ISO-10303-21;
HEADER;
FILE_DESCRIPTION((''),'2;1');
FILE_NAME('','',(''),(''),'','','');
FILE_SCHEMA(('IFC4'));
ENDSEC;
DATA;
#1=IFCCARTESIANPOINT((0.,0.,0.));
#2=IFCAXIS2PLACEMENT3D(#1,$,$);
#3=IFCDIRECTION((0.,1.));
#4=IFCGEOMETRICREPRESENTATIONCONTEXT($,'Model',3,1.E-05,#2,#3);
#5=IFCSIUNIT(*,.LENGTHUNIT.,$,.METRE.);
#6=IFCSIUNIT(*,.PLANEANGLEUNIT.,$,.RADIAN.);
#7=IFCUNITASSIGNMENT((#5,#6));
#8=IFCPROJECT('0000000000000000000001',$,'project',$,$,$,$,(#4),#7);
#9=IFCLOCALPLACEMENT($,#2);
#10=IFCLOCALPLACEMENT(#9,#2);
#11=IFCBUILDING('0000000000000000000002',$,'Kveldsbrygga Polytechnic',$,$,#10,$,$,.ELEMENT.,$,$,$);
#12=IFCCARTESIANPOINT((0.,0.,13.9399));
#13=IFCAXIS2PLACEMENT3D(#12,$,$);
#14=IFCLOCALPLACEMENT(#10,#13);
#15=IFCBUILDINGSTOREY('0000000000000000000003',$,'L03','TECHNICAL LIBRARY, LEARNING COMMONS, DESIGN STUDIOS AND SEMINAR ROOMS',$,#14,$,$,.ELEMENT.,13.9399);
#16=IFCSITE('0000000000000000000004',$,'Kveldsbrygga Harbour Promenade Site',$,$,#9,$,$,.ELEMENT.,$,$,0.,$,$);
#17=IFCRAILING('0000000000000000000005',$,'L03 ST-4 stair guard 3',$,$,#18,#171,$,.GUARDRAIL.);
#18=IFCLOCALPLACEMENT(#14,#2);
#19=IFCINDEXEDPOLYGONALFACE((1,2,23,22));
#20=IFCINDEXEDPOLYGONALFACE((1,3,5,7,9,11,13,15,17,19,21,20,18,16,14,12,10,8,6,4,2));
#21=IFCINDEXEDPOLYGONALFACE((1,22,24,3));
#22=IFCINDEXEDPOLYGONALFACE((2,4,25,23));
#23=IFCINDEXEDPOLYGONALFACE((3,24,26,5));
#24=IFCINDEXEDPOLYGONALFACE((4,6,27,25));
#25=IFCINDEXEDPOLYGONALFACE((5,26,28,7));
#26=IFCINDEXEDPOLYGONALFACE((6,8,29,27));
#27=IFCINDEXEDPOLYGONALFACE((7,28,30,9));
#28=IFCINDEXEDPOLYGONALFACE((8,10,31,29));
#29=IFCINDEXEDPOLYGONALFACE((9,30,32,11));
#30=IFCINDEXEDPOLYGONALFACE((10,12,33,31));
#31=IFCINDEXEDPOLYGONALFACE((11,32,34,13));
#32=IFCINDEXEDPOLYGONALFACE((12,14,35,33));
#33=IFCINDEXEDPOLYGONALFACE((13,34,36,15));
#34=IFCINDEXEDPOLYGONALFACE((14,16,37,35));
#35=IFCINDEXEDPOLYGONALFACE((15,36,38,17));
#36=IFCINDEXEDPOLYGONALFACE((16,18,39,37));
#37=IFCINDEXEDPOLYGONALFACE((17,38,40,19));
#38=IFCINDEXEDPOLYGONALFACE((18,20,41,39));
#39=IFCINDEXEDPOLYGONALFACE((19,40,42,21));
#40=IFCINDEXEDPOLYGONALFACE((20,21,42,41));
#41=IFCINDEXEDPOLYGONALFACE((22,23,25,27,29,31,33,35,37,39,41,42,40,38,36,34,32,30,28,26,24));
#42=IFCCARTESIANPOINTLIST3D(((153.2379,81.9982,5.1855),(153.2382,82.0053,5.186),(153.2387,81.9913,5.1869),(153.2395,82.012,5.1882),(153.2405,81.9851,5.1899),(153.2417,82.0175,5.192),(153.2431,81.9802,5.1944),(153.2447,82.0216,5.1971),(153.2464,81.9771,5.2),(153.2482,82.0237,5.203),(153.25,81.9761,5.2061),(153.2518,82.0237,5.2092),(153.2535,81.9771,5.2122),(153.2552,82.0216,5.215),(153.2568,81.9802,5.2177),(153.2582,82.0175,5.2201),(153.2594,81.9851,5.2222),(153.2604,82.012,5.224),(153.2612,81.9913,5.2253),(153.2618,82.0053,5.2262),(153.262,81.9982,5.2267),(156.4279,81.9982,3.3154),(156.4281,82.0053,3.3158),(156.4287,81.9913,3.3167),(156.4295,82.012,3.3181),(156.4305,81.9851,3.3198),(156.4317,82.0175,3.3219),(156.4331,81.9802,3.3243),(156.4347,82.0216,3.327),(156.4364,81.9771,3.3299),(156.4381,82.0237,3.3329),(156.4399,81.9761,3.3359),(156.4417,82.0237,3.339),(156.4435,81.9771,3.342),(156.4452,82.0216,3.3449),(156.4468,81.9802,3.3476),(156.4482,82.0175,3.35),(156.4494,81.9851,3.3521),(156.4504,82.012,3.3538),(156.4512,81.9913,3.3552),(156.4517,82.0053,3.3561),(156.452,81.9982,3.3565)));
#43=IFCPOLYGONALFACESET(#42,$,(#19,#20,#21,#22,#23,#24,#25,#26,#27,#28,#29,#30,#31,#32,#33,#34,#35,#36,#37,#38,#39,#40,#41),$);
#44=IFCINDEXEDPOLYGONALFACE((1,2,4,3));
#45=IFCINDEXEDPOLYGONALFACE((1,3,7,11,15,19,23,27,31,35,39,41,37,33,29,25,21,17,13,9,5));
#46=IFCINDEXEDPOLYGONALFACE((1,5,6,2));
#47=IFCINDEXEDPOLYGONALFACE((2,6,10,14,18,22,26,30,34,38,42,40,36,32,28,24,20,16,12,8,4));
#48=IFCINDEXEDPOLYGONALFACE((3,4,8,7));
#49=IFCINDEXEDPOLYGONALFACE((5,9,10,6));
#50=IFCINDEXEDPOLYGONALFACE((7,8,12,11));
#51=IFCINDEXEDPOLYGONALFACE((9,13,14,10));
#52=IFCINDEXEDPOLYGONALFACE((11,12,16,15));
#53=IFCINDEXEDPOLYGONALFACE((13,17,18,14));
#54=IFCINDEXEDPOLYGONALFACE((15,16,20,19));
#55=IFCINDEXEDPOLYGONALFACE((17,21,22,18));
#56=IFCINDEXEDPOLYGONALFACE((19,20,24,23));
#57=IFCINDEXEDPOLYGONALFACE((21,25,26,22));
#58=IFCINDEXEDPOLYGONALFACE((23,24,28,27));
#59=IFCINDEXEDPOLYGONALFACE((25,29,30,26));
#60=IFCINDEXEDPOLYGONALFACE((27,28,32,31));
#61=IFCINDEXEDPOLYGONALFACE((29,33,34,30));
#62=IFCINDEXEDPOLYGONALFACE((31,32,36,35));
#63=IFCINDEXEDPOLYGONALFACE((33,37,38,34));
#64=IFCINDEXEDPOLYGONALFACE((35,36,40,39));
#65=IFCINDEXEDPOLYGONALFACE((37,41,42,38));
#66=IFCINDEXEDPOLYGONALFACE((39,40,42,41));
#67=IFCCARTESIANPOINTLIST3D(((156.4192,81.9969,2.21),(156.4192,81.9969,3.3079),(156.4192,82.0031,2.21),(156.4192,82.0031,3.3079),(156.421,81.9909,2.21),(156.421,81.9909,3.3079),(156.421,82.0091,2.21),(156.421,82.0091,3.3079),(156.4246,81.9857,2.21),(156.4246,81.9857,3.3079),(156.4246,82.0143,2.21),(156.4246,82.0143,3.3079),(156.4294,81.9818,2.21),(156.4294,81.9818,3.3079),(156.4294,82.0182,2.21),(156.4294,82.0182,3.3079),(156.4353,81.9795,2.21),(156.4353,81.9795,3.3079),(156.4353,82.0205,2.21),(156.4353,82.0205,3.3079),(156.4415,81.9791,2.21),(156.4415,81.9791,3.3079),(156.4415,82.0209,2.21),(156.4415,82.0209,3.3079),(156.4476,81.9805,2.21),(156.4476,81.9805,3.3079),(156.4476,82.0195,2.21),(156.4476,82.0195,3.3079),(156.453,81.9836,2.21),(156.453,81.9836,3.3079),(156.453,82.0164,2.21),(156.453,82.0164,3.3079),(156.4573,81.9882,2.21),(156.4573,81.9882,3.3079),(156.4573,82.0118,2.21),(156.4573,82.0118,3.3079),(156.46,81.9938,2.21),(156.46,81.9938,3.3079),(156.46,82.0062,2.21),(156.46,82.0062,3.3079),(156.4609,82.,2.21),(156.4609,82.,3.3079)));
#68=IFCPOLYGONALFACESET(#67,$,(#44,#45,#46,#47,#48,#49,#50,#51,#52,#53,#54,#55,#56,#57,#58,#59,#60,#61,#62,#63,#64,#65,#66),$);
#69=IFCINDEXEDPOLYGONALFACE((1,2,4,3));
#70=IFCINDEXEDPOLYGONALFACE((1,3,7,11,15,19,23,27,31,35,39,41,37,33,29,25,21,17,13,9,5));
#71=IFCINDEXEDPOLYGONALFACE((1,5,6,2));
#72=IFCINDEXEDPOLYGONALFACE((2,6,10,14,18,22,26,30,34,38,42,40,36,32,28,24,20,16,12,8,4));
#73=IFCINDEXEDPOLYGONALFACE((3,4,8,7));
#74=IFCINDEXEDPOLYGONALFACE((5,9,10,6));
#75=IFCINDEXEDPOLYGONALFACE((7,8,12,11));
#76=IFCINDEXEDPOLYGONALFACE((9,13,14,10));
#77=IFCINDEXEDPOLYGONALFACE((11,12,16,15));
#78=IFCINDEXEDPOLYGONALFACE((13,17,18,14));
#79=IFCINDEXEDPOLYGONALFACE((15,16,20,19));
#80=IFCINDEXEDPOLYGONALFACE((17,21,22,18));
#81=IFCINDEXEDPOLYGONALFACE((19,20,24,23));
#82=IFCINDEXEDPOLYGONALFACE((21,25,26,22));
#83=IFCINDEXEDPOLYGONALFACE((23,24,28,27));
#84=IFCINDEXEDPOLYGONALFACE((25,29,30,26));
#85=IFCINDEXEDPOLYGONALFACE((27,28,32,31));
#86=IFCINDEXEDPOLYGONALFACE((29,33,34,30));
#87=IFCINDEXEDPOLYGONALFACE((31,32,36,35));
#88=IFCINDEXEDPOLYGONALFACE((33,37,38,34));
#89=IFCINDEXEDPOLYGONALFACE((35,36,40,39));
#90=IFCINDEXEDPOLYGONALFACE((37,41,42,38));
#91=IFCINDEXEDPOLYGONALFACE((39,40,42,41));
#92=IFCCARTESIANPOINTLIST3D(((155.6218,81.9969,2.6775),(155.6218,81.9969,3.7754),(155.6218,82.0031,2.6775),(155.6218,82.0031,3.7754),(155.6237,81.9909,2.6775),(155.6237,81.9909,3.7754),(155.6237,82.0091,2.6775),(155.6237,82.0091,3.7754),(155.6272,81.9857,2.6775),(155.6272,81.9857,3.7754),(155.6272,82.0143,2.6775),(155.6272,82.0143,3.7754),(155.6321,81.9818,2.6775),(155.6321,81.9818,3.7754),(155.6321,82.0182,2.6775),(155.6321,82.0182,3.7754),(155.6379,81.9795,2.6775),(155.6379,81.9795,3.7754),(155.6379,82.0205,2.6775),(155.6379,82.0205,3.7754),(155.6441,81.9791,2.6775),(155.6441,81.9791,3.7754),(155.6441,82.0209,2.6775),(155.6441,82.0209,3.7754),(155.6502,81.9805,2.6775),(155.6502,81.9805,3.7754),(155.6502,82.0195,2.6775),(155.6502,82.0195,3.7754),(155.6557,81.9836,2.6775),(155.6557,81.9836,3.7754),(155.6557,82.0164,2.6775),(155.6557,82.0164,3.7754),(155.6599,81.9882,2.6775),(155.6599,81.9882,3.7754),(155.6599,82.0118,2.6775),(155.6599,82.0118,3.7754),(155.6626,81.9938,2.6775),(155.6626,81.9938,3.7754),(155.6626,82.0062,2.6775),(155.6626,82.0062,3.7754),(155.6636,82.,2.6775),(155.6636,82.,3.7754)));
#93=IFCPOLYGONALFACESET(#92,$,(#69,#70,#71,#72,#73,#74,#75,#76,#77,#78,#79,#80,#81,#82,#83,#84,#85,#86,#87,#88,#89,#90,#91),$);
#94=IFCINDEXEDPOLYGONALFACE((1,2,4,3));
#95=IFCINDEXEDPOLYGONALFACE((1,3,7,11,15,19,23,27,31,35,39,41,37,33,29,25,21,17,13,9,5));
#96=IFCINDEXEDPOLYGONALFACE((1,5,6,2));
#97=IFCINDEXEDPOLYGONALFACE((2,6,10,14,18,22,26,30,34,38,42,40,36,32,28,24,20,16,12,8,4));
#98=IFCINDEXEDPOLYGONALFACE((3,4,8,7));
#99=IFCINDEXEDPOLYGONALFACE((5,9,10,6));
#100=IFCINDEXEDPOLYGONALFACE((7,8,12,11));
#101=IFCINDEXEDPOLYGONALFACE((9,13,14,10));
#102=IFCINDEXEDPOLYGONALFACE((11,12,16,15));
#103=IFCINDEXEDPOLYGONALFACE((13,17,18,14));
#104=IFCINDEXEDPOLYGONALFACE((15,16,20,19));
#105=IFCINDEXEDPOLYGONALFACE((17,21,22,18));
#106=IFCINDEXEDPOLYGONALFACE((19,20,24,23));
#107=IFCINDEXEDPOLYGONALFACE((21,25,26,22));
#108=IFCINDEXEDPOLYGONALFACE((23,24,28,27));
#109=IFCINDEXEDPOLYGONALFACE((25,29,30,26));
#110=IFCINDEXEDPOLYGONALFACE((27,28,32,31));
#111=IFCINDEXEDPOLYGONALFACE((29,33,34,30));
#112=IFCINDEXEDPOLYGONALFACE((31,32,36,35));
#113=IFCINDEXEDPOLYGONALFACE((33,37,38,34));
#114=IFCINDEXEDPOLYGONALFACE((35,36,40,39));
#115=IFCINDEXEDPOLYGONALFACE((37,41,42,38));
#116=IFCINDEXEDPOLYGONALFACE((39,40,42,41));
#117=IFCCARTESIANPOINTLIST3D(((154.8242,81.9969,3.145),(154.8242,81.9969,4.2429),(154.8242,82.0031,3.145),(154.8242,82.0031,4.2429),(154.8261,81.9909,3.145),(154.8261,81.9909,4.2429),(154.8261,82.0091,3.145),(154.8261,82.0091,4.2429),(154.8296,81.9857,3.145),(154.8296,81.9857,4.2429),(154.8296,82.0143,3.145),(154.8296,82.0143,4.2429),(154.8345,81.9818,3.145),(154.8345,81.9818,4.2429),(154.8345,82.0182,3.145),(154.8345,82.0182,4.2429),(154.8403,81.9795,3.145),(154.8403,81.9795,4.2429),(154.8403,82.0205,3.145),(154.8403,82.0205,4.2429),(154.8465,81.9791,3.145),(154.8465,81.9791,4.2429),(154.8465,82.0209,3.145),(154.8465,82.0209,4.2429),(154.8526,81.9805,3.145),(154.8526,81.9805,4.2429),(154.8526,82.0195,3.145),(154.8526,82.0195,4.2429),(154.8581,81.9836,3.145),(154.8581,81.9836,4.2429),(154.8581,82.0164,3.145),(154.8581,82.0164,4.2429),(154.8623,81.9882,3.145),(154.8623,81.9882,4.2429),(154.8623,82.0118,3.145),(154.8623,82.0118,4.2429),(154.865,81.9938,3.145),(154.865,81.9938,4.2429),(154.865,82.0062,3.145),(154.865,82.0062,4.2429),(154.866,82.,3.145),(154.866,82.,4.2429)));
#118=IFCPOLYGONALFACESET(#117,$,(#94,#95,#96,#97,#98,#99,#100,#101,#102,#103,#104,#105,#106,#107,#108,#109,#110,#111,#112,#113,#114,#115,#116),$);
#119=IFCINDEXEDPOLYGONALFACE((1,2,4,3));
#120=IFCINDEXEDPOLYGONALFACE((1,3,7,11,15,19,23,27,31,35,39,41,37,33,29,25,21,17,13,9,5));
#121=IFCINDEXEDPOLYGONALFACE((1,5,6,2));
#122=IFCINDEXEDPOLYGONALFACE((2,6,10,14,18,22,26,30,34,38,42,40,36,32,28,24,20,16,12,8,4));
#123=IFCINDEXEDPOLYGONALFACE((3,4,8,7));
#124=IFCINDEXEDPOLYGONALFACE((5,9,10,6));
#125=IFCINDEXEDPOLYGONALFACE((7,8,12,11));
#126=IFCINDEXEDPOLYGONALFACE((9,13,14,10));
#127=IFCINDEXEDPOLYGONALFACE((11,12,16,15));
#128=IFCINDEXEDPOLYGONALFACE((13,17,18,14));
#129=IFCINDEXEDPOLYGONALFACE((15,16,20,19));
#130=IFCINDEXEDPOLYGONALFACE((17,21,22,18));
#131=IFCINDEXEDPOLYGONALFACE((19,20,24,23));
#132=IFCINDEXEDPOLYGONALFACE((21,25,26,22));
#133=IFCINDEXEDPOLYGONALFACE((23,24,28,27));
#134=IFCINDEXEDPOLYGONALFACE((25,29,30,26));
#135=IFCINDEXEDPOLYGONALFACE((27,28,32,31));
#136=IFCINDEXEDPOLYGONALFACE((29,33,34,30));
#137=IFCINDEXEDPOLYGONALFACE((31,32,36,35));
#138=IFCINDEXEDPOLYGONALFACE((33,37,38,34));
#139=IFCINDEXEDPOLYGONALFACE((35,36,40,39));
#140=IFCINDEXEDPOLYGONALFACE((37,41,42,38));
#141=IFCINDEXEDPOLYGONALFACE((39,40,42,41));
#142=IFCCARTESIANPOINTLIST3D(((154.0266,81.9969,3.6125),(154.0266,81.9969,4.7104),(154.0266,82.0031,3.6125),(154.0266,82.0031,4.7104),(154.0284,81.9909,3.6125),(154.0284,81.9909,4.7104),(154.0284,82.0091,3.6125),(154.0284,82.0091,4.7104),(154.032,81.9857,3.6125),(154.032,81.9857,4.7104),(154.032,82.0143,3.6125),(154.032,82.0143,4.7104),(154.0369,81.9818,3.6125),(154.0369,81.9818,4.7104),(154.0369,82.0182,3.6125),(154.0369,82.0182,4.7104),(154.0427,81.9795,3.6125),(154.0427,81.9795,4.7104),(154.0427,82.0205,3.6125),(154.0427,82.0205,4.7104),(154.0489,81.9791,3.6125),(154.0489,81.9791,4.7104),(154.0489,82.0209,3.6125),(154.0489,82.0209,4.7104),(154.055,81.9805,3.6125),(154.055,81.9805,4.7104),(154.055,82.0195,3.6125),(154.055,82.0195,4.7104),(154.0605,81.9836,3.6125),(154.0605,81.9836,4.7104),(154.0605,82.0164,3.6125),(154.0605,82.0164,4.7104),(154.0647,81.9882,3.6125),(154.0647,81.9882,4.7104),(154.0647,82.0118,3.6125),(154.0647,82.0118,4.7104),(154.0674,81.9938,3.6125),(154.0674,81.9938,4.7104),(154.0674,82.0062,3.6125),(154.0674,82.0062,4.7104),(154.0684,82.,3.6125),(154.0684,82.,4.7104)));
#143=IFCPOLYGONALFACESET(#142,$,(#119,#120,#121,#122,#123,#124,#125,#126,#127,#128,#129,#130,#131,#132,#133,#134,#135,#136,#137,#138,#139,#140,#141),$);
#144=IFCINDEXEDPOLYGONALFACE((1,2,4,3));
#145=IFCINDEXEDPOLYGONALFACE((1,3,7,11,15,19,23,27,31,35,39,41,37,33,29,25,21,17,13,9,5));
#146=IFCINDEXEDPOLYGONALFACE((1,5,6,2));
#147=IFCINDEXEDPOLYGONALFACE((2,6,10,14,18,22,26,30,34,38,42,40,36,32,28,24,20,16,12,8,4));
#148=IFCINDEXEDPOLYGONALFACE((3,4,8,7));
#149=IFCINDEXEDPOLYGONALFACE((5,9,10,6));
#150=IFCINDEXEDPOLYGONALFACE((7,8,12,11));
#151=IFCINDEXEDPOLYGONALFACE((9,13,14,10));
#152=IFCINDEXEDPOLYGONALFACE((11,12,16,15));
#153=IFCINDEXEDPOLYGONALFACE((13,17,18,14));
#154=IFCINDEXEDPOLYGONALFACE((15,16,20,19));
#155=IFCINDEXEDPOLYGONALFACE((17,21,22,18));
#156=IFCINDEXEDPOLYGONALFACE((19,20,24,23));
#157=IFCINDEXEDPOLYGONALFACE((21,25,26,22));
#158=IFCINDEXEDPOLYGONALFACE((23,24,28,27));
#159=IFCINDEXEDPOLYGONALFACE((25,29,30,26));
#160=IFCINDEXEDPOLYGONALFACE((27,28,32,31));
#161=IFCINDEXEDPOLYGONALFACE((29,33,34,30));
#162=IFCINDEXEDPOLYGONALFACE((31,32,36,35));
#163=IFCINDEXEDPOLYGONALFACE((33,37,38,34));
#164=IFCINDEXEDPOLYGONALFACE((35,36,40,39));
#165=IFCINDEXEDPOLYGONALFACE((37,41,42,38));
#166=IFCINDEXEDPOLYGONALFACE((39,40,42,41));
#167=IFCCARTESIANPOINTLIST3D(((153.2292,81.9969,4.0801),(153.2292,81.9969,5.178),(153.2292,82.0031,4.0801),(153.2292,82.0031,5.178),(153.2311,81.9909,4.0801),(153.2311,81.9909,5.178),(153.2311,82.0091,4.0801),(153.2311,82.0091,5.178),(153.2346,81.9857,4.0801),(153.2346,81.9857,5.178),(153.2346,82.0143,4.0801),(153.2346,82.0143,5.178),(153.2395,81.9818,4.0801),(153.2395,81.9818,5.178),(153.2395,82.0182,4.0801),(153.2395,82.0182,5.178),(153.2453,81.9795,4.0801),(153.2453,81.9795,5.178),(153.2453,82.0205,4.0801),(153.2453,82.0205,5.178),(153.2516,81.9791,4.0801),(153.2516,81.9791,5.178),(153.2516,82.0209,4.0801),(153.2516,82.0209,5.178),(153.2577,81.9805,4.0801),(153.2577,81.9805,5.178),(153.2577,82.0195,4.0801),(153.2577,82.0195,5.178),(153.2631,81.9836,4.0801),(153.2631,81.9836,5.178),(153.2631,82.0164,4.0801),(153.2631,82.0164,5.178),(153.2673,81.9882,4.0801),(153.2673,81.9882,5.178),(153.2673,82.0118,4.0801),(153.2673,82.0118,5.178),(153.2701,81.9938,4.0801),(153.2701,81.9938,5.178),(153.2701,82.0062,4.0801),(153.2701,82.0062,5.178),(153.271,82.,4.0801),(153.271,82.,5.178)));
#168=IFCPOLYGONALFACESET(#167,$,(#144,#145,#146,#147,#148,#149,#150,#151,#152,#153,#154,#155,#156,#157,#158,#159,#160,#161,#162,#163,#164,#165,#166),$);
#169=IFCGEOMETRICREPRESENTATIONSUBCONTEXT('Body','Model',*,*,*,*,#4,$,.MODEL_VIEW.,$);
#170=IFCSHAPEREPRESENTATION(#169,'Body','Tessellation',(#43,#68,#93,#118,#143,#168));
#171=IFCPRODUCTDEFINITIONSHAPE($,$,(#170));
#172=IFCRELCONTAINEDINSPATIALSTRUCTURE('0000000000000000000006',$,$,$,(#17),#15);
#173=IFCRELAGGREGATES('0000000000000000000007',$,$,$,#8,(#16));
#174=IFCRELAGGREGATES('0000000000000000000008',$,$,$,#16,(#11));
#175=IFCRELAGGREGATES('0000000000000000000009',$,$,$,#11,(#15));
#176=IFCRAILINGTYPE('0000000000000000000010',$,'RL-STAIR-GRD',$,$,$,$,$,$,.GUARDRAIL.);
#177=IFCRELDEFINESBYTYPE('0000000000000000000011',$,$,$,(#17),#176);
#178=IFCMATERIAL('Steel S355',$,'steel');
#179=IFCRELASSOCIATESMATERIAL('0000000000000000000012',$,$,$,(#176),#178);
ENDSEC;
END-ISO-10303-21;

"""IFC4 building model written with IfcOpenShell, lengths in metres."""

from ifc_helpers import new_model, si_unit, direction, frame, origin, origin_2d, place, context, subcontext, project, spatial, circle, extrude, material, type_object, element, save


model = new_model("IFC4")

# Units and contexts
model_context = context("Model", 3, precision=1e-05, world=origin(), true_north=direction((0.0, 1.0)))
body_context = subcontext(model_context, "Body", "Model", "MODEL_VIEW")
ifc_project = project(units=[si_unit("LENGTHUNIT", "METRE"), si_unit("PLANEANGLEUNIT", "RADIAN")], contexts=[model_context])

# Site, building, storey
site_placement = place(None, origin())
site = spatial("IfcSite", under=ifc_project, at=site_placement, Name="Kveldsbrygga Harbour Promenade Site", CompositionType="ELEMENT", RefElevation=0.0)
building_placement = place(site_placement, origin())
building = spatial("IfcBuilding", under=site, at=building_placement, Name="Kveldsbrygga Polytechnic", CompositionType="ELEMENT")
storey_placement = place(building_placement, frame((0.0, 0.0, 13.9399)))
storey = spatial("IfcBuildingStorey", under=building, at=storey_placement, Name="L03", Description="TECHNICAL LIBRARY, LEARNING COMMONS, DESIGN STUDIOS AND SEMINAR ROOMS", CompositionType="ELEMENT", Elevation=13.9399)

# Railing
ifc_material_1 = material(Name="Steel S355", Category="steel")
railing_type_1 = type_object("IfcRailingType", Name="RL-STAIR-GRD", PredefinedType="GUARDRAIL", material=ifc_material_1)
railing_1_placement = place(storey_placement, frame((156.4399, 82.0, 2.21)))
element("IfcRailing", 1, at=railing_1_placement, inside=storey, type_object=railing_type_1, Name="L03 ST-4 stair guard 3", PredefinedType="GUARDRAIL", context=body_context, shape_type="SweptSolid", body=[
    extrude(circle(Radius=0.0239, at=origin_2d()), frame((0.0, 0.0, 1.126), z_axis=(-0.86268, 0.0, 0.50575), x_axis=(0.0, -1.0, 0.0)), (0.0, 0.0, 1.0), 3.6978),
    extrude(circle(Radius=0.021, at=origin_2d()), origin(), (0.0, 0.0, 1.0), 1.0979),
    extrude(circle(Radius=0.021, at=origin_2d()), frame((-0.7974, 0.0, 0.4675)), (0.0, 0.0, 1.0), 1.0979),
    extrude(circle(Radius=0.021, at=origin_2d()), frame((-1.595, 0.0, 0.9351)), (0.0, 0.0, 1.0), 1.0979),
    extrude(circle(Radius=0.021, at=origin_2d()), frame((-2.3926, 0.0, 1.4026)), (0.0, 0.0, 1.0), 1.0979),
    extrude(circle(Radius=0.021, at=origin_2d()), frame((-3.1899, 0.0, 1.8701)), (0.0, 0.0, 1.0), 1.0979),
])

save(model, "model.ifc")
